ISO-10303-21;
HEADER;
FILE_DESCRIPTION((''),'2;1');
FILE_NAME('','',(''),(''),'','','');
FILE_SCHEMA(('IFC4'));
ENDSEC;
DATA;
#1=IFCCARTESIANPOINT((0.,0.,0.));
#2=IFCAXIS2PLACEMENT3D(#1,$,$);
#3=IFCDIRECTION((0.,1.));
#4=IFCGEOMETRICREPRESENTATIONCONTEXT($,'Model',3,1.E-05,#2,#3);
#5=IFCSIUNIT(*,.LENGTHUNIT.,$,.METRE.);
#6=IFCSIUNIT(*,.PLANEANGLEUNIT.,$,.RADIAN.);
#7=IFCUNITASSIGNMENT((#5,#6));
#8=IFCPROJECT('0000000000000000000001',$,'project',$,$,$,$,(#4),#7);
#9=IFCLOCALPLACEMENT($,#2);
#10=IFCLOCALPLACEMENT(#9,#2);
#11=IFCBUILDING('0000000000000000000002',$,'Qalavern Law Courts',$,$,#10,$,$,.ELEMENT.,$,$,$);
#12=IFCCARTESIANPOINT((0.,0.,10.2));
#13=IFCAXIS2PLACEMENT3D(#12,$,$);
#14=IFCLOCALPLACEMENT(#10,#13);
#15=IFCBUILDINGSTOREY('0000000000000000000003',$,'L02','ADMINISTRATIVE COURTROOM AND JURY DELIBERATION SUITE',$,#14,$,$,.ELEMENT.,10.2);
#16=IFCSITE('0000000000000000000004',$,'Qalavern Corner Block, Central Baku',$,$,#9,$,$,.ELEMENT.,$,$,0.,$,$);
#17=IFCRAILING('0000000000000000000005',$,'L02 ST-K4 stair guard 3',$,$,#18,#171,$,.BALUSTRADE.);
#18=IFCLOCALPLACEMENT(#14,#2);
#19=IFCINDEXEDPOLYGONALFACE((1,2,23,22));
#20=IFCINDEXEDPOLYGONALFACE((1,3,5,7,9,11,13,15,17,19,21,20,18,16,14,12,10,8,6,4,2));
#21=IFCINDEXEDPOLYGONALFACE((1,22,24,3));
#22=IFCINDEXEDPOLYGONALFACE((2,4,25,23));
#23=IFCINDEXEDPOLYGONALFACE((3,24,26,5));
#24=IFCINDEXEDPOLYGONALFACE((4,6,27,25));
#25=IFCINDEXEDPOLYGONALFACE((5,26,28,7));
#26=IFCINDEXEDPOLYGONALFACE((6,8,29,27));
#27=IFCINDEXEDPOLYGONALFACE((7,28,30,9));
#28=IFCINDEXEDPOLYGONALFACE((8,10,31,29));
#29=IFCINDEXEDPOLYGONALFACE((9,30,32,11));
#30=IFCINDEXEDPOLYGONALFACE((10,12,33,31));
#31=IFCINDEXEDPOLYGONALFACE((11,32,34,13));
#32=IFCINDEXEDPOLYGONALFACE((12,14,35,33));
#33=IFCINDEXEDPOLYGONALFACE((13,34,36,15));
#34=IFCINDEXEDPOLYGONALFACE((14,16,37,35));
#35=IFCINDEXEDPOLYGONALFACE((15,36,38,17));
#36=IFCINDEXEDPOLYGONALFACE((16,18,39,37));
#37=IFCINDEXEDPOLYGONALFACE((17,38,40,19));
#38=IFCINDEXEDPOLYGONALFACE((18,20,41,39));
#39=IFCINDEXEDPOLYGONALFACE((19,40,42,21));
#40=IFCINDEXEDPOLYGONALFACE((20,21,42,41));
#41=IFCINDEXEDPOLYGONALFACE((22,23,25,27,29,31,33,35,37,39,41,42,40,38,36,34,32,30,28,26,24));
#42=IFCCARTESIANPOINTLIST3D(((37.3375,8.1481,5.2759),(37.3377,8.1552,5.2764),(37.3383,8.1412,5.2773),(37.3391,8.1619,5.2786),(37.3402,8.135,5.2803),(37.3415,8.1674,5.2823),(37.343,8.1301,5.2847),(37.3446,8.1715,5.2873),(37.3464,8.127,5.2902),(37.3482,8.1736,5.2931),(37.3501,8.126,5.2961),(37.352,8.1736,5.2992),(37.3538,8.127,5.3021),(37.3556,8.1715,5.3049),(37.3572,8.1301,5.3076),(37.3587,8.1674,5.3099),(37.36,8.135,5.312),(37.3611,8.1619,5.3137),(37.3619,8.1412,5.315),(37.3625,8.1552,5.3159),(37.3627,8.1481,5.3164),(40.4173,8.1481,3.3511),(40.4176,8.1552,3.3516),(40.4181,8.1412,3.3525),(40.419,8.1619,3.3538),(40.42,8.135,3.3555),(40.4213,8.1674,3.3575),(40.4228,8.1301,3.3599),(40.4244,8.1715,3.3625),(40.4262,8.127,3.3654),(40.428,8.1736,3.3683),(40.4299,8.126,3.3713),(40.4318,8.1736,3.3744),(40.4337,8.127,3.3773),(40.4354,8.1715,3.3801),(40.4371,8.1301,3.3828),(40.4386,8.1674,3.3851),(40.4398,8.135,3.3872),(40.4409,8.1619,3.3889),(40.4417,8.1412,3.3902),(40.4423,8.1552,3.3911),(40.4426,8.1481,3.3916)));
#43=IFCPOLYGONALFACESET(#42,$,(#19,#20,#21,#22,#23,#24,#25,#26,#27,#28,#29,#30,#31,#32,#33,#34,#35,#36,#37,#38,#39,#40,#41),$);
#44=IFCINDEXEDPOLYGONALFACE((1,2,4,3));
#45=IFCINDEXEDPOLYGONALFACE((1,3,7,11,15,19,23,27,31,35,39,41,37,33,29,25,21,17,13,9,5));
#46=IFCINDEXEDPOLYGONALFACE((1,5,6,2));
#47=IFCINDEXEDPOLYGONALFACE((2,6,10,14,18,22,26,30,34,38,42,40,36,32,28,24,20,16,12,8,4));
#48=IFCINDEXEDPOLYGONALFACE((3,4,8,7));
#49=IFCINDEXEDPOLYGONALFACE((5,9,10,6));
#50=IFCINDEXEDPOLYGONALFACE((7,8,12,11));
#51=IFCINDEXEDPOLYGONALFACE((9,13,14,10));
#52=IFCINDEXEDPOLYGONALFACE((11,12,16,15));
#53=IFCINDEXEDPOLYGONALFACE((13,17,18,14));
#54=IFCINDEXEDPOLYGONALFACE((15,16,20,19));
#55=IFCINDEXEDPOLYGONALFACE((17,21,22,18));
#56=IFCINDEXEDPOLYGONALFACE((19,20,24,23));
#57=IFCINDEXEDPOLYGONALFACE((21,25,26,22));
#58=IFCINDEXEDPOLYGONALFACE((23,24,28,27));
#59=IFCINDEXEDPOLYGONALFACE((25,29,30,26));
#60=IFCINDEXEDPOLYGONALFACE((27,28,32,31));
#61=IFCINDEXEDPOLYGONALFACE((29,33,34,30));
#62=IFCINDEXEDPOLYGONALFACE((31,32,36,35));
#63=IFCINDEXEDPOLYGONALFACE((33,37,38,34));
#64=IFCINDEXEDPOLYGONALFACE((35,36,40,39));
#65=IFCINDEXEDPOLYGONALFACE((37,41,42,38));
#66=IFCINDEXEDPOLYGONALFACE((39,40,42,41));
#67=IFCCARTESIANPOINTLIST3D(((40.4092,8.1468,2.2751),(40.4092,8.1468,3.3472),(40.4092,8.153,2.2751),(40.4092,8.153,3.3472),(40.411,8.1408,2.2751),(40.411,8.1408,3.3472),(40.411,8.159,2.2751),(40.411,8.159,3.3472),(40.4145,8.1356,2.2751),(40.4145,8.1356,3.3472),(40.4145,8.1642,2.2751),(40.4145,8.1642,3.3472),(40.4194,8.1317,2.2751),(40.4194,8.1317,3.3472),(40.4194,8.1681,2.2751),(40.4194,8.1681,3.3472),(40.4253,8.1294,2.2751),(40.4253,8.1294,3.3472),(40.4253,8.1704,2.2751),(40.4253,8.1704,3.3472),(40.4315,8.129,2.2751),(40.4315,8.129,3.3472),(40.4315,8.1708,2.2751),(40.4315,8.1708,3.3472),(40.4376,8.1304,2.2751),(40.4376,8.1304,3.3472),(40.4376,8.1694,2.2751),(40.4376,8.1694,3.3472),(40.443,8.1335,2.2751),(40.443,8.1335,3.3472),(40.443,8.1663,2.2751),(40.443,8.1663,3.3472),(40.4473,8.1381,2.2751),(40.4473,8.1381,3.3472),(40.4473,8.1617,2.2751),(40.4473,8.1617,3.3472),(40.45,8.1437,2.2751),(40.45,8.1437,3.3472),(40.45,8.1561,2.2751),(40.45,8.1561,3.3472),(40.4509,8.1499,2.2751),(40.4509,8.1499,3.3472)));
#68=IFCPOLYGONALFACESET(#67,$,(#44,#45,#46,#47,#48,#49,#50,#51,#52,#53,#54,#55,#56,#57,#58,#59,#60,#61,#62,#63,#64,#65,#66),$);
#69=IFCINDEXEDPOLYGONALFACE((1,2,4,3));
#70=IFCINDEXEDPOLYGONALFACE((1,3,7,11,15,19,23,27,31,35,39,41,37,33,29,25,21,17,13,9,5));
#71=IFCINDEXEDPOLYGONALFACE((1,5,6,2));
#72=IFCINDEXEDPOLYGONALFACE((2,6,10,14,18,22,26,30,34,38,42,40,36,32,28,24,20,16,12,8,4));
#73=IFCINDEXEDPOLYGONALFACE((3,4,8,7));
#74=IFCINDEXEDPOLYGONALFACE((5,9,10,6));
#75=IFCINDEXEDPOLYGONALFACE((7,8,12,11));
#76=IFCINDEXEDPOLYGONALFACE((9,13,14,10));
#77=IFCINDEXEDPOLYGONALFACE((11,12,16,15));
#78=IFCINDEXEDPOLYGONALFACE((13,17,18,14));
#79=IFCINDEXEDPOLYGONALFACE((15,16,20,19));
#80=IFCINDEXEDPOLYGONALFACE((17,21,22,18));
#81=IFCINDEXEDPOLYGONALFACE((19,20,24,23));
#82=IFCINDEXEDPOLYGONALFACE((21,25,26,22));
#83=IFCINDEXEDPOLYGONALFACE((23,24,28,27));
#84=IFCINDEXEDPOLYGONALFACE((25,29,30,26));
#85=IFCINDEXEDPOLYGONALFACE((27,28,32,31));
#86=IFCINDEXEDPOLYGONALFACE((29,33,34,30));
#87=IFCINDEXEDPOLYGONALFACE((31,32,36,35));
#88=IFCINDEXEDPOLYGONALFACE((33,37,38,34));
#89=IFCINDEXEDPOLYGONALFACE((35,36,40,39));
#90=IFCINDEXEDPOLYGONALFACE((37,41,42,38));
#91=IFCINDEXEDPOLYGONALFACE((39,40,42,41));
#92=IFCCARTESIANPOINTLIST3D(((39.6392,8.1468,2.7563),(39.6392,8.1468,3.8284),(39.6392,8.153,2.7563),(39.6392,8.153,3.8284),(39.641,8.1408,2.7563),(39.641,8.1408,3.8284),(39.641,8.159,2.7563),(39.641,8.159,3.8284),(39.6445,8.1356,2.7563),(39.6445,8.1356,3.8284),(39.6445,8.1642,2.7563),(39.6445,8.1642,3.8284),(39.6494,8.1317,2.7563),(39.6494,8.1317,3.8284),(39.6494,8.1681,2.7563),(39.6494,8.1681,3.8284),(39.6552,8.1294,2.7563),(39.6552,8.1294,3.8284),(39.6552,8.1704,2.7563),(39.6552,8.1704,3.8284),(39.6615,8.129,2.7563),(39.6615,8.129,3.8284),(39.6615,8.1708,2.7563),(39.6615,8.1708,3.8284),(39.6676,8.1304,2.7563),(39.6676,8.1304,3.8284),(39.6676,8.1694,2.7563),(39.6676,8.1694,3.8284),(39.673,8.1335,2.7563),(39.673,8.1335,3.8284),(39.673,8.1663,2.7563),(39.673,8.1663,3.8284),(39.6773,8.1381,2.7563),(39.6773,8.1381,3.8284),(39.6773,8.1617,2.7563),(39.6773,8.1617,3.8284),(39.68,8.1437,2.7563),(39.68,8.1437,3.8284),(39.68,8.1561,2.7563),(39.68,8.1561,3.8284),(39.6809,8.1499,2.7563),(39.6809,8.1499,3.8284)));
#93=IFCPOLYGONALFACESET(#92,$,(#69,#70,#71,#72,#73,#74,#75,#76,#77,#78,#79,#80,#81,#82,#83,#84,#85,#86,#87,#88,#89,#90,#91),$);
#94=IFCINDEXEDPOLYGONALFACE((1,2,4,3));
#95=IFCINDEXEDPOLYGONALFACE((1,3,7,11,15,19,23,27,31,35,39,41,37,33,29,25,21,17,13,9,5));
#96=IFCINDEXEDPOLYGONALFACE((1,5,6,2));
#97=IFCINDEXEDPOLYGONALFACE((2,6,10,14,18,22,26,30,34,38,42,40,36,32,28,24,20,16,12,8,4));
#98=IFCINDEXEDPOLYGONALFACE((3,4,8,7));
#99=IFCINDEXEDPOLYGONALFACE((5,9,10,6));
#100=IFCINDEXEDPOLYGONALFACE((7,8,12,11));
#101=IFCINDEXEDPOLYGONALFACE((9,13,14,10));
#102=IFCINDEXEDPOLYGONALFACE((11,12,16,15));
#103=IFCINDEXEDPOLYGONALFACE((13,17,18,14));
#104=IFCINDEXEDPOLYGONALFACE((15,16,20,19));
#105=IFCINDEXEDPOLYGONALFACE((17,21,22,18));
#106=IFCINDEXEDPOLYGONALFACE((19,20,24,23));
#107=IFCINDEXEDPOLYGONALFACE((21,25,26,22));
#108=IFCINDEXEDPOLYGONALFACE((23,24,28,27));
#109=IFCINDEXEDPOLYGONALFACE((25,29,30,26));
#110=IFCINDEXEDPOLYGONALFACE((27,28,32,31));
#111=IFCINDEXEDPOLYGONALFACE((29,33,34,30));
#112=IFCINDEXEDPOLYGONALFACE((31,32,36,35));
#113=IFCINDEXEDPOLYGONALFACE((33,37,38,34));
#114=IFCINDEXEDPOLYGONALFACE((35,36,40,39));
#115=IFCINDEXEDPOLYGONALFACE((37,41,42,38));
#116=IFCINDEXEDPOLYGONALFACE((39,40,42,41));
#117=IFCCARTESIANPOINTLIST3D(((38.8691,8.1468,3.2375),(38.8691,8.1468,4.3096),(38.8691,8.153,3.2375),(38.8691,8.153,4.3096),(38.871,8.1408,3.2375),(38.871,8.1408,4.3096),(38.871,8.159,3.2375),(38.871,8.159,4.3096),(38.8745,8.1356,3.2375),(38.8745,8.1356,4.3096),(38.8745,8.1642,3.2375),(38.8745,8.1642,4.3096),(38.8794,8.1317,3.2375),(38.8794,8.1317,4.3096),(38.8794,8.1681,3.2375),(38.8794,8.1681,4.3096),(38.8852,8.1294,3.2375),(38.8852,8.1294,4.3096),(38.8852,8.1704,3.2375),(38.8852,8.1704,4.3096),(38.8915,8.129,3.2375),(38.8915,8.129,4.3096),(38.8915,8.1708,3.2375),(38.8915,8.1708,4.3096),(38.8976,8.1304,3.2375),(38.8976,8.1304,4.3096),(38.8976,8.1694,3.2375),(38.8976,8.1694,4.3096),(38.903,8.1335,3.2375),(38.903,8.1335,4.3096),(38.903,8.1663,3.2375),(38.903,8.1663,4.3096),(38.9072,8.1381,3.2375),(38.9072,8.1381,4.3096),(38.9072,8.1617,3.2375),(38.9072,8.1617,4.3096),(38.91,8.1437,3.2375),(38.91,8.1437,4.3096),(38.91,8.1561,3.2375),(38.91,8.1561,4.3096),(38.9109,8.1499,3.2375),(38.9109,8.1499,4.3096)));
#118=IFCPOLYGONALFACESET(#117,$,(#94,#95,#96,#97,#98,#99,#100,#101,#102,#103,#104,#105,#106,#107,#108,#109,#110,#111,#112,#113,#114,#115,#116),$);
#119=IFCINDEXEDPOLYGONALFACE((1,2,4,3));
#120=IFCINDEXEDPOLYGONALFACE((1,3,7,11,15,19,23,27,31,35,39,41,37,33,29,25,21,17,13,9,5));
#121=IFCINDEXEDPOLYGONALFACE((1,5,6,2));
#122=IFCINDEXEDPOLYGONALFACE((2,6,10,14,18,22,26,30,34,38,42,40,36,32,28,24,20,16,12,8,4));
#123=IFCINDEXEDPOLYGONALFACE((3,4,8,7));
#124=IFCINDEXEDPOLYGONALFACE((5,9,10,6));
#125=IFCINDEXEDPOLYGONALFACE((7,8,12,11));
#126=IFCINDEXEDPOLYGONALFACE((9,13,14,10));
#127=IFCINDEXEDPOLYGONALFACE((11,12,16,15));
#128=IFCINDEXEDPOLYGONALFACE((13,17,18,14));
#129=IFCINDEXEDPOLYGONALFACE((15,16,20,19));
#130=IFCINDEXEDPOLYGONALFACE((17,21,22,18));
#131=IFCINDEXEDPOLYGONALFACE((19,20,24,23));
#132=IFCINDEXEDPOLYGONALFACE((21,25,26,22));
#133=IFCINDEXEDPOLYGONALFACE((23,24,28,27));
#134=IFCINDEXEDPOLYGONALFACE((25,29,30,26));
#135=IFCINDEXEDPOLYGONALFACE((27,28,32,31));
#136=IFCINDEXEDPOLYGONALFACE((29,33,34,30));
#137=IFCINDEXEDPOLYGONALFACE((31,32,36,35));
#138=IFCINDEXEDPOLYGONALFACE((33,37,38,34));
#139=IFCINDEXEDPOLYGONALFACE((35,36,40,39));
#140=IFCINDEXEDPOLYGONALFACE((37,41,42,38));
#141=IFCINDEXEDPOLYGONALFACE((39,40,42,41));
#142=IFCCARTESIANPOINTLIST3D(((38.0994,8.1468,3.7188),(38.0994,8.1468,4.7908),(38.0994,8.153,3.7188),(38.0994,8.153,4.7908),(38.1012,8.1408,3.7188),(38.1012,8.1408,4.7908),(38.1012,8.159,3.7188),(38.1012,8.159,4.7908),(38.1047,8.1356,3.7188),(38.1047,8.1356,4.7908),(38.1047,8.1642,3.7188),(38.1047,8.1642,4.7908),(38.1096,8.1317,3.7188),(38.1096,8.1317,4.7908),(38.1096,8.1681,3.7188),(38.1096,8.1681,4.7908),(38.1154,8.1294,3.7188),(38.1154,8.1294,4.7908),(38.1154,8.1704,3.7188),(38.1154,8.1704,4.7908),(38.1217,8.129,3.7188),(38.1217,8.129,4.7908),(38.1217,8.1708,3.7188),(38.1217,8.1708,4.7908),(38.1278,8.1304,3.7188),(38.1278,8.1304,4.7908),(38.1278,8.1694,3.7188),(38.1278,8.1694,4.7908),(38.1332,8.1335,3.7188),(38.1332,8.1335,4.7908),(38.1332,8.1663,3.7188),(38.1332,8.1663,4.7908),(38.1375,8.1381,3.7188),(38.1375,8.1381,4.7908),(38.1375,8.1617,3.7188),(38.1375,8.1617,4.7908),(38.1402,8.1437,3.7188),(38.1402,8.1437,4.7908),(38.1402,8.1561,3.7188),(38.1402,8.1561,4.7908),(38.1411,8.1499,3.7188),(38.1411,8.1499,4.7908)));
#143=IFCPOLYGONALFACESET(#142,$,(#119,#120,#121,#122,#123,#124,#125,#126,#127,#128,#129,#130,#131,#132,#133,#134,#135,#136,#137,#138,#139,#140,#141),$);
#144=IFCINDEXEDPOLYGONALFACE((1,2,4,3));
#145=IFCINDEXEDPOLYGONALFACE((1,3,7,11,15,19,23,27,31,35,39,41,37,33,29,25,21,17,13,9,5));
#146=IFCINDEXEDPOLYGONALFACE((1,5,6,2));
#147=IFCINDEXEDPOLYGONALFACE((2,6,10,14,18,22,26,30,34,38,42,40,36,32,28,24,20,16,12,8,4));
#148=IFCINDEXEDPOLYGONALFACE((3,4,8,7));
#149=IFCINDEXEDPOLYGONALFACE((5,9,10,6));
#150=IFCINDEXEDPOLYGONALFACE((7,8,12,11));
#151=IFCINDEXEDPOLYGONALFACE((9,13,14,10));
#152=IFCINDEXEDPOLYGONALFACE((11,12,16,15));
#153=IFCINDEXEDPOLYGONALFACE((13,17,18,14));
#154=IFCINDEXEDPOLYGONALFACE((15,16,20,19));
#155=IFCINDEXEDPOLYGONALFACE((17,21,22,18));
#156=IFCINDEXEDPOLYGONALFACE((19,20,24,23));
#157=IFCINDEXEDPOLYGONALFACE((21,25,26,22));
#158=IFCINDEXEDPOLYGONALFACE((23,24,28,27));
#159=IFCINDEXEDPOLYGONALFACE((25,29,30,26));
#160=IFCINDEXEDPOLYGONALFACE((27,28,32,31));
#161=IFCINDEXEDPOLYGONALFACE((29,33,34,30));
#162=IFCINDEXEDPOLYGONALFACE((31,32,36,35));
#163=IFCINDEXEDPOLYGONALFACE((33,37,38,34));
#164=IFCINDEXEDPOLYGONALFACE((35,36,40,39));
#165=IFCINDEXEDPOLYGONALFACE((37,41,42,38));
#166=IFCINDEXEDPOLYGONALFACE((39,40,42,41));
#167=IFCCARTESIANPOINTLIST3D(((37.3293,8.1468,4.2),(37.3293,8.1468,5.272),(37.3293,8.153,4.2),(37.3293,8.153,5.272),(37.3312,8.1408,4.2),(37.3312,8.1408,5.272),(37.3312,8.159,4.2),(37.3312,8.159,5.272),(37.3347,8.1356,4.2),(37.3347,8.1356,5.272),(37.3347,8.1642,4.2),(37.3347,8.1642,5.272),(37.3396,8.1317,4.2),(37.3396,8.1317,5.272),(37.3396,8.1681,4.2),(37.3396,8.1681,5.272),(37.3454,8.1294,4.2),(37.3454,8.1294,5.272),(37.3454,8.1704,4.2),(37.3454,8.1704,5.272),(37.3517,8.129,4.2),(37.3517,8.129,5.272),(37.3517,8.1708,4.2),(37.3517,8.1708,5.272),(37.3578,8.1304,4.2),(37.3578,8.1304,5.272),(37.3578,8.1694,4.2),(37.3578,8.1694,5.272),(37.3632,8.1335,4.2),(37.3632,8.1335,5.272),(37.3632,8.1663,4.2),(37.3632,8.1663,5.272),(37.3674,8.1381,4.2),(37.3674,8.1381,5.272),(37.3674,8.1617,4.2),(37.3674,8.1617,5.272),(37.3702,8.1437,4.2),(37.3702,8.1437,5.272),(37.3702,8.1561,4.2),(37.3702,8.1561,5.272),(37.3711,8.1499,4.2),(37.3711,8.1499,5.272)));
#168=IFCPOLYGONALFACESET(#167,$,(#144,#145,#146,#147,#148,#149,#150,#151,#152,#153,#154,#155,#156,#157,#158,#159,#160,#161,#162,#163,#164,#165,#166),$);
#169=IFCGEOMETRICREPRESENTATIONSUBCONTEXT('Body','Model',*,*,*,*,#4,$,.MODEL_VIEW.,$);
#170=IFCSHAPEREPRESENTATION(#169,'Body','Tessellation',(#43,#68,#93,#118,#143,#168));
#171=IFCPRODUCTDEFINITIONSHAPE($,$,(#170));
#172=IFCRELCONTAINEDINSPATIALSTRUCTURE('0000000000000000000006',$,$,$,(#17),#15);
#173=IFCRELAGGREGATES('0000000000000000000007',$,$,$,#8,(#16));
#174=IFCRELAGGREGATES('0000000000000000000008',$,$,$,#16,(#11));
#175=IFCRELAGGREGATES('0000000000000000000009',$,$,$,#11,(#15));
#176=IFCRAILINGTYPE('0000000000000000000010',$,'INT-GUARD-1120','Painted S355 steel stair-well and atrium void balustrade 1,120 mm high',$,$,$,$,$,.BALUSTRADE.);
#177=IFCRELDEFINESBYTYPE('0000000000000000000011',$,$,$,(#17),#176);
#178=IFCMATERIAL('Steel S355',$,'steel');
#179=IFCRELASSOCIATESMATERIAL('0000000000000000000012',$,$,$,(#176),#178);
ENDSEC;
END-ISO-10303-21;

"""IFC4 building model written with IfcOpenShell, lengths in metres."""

from ifc_helpers import new_model, si_unit, direction, frame, origin, origin_2d, place, context, subcontext, project, spatial, circle, extrude, material, type_object, element, save


model = new_model("IFC4")

# Units and contexts
model_context = context("Model", 3, precision=1e-05, world=origin(), true_north=direction((0.0, 1.0)))
body_context = subcontext(model_context, "Body", "Model", "MODEL_VIEW")
ifc_project = project(units=[si_unit("LENGTHUNIT", "METRE"), si_unit("PLANEANGLEUNIT", "RADIAN")], contexts=[model_context])

# Site, building, storey
site_placement = place(None, origin())
site = spatial("IfcSite", under=ifc_project, at=site_placement, Name="Qalavern Corner Block, Central Baku", CompositionType="ELEMENT", RefElevation=0.0)
building_placement = place(site_placement, origin())
building = spatial("IfcBuilding", under=site, at=building_placement, Name="Qalavern Law Courts", CompositionType="ELEMENT")
storey_placement = place(building_placement, frame((0.0, 0.0, 10.2)))
storey = spatial("IfcBuildingStorey", under=building, at=storey_placement, Name="L02", Description="ADMINISTRATIVE COURTROOM AND JURY DELIBERATION SUITE", CompositionType="ELEMENT", Elevation=10.2)

# Shared definitions
ifc_material_1 = material(Name="Steel S355", Category="steel")

# Railing
railing_type_1 = type_object("IfcRailingType", Name="INT-GUARD-1120", Description="Painted S355 steel stair-well and atrium void balustrade 1,120 mm high", PredefinedType="BALUSTRADE", material=ifc_material_1)
railing_1_placement = place(storey_placement, frame((40.4299, 8.1499, 2.2751)))
element("IfcRailing", 1, at=railing_1_placement, inside=storey, type_object=railing_type_1, Name="L02 ST-K4 stair guard 3", PredefinedType="BALUSTRADE", context=body_context, shape_type="SweptSolid", body=[
    extrude(circle(Radius=0.0239, at=origin_2d()), frame((0.0, 0.0, 1.0962), z_axis=(-0.84801, 0.0, 0.529981), x_axis=(0.0, -1.0, 0.0)), (0.0, 0.0, 1.0), 3.6318),
    extrude(circle(Radius=0.021, at=origin_2d()), origin(), (0.0, 0.0, 1.0), 1.072),
    extrude(circle(Radius=0.021, at=origin_2d()), frame((-0.77, 0.0, 0.4812)), (0.0, 0.0, 1.0), 1.072),
    extrude(circle(Radius=0.021, at=origin_2d()), frame((-1.54, 0.0, 0.9624)), (0.0, 0.0, 1.0), 1.072),
    extrude(circle(Radius=0.021, at=origin_2d()), frame((-2.3098, 0.0, 1.4436)), (0.0, 0.0, 1.0), 1.072),
    extrude(circle(Radius=0.021, at=origin_2d()), frame((-3.0798, 0.0, 1.9248)), (0.0, 0.0, 1.0), 1.072),
])

save(model, "model.ifc")
